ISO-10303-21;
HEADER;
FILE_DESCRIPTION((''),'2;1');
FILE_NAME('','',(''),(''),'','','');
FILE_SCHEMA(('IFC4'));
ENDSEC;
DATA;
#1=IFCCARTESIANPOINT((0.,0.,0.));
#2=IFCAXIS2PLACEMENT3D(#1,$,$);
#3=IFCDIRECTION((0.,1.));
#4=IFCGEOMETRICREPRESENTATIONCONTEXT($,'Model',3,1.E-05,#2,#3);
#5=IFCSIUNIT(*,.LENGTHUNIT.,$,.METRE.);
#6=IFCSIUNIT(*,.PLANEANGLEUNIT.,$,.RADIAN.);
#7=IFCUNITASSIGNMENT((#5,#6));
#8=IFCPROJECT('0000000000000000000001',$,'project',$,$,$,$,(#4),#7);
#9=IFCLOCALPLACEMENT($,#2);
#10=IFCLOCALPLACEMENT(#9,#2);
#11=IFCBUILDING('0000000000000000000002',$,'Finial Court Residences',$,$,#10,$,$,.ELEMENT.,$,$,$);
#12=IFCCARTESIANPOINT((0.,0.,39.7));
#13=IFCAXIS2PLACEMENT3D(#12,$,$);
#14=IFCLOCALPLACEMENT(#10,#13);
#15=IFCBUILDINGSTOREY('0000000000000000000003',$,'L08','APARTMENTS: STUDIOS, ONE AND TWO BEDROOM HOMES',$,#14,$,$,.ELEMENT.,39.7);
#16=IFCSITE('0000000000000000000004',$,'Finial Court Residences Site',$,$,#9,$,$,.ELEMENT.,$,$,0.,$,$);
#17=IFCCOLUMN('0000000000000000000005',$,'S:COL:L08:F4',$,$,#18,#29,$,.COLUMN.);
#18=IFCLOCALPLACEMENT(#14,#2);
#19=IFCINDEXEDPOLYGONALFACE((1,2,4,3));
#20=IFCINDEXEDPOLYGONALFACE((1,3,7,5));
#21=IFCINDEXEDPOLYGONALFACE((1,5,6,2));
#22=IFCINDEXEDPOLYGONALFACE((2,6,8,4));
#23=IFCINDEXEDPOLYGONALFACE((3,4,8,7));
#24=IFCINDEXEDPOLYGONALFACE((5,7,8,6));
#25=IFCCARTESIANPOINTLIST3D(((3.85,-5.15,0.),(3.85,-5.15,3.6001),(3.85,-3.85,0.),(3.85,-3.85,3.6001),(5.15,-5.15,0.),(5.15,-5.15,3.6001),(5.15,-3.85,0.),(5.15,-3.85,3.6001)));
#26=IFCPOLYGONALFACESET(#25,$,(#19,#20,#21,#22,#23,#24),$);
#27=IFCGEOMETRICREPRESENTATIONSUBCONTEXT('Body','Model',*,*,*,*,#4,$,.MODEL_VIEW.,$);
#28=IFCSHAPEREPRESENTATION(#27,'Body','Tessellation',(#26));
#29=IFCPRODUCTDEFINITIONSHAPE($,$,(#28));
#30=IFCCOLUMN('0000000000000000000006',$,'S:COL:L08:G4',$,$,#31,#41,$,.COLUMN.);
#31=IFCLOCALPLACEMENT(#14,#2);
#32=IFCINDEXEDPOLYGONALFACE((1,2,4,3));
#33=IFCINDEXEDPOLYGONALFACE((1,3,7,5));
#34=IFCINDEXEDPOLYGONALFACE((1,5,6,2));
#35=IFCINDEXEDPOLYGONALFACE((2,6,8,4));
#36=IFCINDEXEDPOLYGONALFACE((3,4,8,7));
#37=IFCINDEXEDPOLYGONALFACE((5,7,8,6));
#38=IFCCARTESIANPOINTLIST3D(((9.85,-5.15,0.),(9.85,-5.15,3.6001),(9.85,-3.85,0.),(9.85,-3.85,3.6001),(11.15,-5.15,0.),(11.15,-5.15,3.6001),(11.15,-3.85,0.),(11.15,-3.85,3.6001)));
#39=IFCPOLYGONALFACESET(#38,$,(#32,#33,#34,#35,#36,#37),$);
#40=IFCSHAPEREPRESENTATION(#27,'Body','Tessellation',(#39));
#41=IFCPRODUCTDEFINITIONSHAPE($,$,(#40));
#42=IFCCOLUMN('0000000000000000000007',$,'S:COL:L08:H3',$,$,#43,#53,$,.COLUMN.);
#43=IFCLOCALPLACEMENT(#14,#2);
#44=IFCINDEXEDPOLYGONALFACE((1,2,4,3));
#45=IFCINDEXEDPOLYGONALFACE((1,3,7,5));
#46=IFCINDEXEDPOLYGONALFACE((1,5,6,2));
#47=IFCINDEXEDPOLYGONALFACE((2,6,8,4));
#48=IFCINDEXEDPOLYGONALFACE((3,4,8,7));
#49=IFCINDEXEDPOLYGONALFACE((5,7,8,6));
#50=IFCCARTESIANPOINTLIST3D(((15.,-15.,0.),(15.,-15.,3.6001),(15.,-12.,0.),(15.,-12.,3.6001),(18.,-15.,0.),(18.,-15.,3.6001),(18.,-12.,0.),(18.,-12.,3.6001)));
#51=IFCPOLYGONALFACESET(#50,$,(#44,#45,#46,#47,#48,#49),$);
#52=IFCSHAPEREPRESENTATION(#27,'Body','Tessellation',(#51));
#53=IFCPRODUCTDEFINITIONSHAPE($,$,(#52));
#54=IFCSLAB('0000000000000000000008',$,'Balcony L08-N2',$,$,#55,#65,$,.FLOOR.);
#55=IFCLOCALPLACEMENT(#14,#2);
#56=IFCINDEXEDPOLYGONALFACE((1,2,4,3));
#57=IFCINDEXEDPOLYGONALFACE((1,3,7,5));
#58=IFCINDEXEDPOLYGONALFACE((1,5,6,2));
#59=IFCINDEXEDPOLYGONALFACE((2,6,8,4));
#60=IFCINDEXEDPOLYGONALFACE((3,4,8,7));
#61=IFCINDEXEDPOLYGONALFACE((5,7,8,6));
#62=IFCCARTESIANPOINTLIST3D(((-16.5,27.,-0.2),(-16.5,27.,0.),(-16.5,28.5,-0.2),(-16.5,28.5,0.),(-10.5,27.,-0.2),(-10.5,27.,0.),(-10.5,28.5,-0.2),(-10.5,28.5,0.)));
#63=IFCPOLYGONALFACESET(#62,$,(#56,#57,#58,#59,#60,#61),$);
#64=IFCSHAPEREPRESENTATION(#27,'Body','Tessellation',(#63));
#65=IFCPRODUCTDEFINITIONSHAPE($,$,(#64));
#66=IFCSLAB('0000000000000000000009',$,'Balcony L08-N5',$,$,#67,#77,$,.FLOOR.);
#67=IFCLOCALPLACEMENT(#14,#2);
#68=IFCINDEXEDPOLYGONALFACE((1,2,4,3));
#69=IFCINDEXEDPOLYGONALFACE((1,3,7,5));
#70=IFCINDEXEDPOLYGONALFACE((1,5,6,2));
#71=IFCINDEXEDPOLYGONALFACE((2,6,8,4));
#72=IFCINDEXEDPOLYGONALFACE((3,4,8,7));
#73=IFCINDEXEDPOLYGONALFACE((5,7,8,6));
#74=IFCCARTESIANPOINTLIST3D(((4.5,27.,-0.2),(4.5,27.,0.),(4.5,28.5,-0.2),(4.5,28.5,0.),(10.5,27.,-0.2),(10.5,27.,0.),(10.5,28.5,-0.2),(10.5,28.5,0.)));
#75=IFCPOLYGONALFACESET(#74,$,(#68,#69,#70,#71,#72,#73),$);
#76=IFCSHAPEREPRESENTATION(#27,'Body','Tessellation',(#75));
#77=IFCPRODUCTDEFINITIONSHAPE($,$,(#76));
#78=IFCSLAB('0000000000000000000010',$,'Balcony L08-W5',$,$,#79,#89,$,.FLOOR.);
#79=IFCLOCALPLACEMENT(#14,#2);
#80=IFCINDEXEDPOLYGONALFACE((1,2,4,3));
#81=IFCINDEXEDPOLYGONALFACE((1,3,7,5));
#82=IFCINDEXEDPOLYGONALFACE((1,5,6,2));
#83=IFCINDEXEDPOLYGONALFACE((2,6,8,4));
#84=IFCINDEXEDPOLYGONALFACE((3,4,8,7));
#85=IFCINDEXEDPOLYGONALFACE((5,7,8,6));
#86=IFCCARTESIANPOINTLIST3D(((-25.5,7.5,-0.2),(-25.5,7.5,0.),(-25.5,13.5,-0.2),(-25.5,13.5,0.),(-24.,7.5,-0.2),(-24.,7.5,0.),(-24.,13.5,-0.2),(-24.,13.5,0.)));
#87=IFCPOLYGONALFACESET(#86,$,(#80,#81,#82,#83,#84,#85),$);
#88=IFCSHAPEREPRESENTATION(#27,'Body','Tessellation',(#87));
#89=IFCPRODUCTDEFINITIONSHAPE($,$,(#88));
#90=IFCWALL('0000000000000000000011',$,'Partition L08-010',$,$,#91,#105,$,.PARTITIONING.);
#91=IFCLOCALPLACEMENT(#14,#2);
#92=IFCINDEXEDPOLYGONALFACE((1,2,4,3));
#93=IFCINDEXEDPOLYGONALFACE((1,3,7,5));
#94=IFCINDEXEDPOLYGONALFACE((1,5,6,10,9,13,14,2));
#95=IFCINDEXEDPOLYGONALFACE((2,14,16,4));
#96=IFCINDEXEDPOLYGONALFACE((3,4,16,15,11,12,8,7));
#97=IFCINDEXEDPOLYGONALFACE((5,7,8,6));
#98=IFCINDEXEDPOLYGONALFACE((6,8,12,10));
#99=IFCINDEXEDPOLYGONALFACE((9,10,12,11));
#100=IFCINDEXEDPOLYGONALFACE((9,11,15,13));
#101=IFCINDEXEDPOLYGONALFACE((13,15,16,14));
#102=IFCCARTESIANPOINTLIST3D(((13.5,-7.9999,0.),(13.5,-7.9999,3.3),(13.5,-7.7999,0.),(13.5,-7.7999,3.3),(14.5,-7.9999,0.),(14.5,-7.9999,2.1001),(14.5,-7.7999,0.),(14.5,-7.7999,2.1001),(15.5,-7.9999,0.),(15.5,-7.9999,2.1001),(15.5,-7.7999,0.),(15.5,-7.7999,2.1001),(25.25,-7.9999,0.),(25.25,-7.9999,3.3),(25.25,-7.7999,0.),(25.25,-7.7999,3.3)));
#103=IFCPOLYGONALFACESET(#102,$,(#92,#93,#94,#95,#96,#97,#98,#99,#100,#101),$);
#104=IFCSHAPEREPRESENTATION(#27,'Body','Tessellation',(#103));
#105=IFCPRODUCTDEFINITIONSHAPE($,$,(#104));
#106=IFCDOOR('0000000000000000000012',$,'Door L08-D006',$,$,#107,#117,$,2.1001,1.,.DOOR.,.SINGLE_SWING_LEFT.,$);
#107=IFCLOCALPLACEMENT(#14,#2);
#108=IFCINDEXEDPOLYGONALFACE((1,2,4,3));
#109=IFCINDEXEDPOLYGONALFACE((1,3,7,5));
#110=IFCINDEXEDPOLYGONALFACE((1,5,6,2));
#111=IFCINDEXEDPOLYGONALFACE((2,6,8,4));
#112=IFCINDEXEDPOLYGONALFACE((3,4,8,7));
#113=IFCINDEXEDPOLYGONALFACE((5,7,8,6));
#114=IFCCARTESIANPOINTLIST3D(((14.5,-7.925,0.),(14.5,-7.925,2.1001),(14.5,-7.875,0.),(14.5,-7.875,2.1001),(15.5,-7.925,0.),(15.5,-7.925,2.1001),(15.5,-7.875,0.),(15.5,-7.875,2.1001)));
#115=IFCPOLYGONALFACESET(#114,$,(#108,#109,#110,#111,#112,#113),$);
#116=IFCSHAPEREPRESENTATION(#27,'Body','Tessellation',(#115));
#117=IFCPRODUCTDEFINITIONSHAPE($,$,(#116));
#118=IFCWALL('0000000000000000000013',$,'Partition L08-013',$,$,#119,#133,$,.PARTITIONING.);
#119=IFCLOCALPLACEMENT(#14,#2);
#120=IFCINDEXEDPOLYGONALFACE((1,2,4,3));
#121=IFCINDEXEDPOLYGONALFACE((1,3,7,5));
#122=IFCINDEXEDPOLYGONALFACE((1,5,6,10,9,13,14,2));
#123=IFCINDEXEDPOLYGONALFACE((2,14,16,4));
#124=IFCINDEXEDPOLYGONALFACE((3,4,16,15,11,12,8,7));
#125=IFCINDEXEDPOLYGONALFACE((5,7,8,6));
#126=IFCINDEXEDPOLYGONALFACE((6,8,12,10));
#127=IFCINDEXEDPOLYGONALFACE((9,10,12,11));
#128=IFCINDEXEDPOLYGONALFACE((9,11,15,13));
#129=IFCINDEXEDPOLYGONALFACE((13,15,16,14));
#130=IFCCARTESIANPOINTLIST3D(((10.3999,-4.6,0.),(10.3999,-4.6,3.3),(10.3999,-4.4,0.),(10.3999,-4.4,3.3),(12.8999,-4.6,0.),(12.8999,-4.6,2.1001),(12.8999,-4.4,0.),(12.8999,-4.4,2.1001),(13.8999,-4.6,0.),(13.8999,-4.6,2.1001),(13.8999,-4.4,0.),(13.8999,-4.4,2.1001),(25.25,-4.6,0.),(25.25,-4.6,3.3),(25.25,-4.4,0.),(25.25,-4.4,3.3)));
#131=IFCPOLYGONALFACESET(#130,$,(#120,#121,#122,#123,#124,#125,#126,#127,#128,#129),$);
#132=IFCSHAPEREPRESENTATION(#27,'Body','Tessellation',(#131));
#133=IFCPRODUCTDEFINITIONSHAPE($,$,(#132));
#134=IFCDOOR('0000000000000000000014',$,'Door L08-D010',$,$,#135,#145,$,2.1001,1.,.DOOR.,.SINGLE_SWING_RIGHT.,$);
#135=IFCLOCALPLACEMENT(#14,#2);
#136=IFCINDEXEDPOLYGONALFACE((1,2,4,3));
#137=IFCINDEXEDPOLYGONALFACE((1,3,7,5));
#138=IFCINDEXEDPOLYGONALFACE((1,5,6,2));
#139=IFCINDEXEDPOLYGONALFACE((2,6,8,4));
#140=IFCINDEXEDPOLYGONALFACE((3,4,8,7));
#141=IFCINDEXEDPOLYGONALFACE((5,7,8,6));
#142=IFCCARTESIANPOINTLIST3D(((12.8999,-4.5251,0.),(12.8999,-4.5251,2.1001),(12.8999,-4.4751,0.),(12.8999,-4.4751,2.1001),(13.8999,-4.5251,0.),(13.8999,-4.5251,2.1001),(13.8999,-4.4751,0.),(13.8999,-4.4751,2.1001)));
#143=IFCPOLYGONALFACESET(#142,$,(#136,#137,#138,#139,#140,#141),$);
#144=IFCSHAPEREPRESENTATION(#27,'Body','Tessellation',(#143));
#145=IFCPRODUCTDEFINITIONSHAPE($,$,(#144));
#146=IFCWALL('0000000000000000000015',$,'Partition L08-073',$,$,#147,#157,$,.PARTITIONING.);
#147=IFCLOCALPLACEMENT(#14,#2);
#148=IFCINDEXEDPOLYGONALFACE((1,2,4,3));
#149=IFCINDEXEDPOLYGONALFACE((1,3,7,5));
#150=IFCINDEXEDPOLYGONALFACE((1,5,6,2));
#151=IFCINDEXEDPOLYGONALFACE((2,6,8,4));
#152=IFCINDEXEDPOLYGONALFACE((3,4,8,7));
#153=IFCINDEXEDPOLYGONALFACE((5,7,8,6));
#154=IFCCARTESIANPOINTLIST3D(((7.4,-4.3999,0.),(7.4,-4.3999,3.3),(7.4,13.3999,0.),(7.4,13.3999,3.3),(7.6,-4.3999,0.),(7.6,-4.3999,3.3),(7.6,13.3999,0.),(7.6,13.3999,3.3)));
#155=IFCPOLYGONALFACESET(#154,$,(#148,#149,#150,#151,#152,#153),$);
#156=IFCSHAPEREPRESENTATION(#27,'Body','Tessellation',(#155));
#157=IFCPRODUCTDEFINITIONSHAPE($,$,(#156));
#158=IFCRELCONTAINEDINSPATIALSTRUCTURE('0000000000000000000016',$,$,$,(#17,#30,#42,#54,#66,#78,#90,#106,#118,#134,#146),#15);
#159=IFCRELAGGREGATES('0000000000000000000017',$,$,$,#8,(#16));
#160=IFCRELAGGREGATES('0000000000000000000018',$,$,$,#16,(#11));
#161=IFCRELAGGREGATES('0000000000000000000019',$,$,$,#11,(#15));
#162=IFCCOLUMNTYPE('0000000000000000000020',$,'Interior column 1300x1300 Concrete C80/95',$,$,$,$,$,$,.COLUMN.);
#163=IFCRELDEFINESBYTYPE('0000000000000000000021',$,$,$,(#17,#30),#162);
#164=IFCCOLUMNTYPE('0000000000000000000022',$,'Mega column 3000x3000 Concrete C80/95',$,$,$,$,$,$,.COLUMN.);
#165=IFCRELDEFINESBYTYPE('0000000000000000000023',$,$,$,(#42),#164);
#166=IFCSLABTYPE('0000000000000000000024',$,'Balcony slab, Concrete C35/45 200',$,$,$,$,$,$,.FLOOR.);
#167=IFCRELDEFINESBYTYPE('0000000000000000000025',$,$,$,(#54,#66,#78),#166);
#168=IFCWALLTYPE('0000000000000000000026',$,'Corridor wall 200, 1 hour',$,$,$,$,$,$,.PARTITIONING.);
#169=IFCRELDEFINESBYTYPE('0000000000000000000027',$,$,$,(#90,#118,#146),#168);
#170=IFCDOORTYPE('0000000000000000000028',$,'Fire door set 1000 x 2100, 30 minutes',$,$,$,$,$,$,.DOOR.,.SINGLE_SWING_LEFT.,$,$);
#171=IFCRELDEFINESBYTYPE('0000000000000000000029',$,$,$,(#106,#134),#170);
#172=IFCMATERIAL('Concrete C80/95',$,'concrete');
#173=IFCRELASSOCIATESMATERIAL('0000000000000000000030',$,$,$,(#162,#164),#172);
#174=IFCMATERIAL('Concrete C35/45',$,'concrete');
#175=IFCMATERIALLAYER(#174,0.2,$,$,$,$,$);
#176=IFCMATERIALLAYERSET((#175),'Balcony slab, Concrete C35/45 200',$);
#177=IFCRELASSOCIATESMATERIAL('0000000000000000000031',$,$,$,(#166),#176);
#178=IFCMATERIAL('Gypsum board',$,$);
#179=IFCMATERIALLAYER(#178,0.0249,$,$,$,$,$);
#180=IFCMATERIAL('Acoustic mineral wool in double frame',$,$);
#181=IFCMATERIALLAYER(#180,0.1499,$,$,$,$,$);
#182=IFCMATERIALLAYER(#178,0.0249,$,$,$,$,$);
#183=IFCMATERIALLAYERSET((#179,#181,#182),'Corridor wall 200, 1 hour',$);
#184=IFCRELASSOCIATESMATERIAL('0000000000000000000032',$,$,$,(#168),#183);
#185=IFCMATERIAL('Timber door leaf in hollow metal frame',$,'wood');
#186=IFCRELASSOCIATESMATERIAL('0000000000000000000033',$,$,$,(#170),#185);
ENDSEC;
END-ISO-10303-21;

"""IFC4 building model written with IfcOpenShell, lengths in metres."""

from ifc_helpers import new_model, si_unit, direction, frame, frame_2d, origin, origin_2d, place, context, subcontext, project, spatial, polyline, rectangle, outline, extrude, material, layer, layer_set, material_profile, profile_set, type_object, element, fill, save


model = new_model("IFC4")

# Units and contexts
model_context = context("Model", 3, precision=1e-05, world=origin(), true_north=direction((0.0, 1.0)))
body_context = subcontext(model_context, "Body", "Model", "MODEL_VIEW")
ifc_project = project(units=[si_unit("LENGTHUNIT", "METRE"), si_unit("PLANEANGLEUNIT", "RADIAN")], contexts=[model_context])

# Site, building, storey
site_placement = place(None, origin())
site = spatial("IfcSite", under=ifc_project, at=site_placement, Name="Finial Court Residences Site", CompositionType="ELEMENT", RefElevation=0.0)
building_placement = place(site_placement, origin())
building = spatial("IfcBuilding", under=site, at=building_placement, Name="Finial Court Residences", CompositionType="ELEMENT")
storey_placement = place(building_placement, frame((0.0, 0.0, 39.7)))
storey = spatial("IfcBuildingStorey", under=building, at=storey_placement, Name="L08", Description="APARTMENTS: STUDIOS, ONE AND TWO BEDROOM HOMES", CompositionType="ELEMENT", Elevation=39.7)

# Columns
ifc_material_1 = material(Name="Concrete C80/95", Category="concrete")
ifc_material_profile_1 = material_profile(ifc_material_1, rectangle(XDim=1.3, YDim=1.3, at=origin_2d()), Name="1300x1300")
ifc_profile_set_1 = profile_set([ifc_material_profile_1], Name="Concrete C80/95")
column_type_1 = type_object("IfcColumnType", Name="Interior column 1300x1300 Concrete C80/95", PredefinedType="COLUMN", material=ifc_profile_set_1)
for number, where, z_axis, x_axis, name in (
    (1, (4.5, -4.5, 0.0), (0.0, 0.0, 1.0), (1.0, 0.0, 0.0), "S:COL:L08:F4"),
    (2, (10.5, -4.5, 0.0), (0.0, 0.0, 1.0), (1.0, 0.0, 0.0), "S:COL:L08:G4"),
):
    element("IfcColumn", number, at=place(storey_placement, frame(where, z_axis=z_axis, x_axis=x_axis)), inside=storey, type_object=column_type_1, Name=name, PredefinedType="COLUMN", context=body_context, shape_type="SweptSolid", body=[
        extrude(rectangle(XDim=1.3, YDim=1.3, at=origin_2d()), origin(), (0.0, 0.0, 1.0), 3.6001),
    ])
ifc_material_profile_2 = material_profile(ifc_material_1, rectangle(XDim=3.0, YDim=3.0, at=origin_2d()), Name="3000x3000")
ifc_profile_set_2 = profile_set([ifc_material_profile_2], Name="Concrete C80/95")
column_type_2 = type_object("IfcColumnType", Name="Mega column 3000x3000 Concrete C80/95", PredefinedType="COLUMN", material=ifc_profile_set_2)
column_placement = place(storey_placement, frame((16.5, -13.5, 0.0), z_axis=(0.0, 0.0, 1.0), x_axis=(1.0, 0.0, 0.0)))
element("IfcColumn", 3, at=column_placement, inside=storey, type_object=column_type_2, Name="S:COL:L08:H3", PredefinedType="COLUMN", context=body_context, shape_type="SweptSolid", body=[
    extrude(rectangle(XDim=3.0, YDim=3.0, at=origin_2d()), origin(), (0.0, 0.0, 1.0), 3.6001),
])

# Slabs
ifc_material_2 = material(Name="Concrete C35/45", Category="concrete")
ifc_layer_1 = layer(ifc_material_2, 0.2)
ifc_layer_set_1 = layer_set([ifc_layer_1], Name="Balcony slab, Concrete C35/45 200")
slab_type = type_object("IfcSlabType", Name="Balcony slab, Concrete C35/45 200", PredefinedType="FLOOR", material=ifc_layer_set_1)
slab_1_placement = place(storey_placement, frame((0.0, 0.0, -0.2)))
element("IfcSlab", 4, at=slab_1_placement, inside=storey, type_object=slab_type, Name="Balcony L08-N2", PredefinedType="FLOOR", context=body_context, shape_type="SweptSolid", body=[
    extrude(outline(polyline([(-10.5, 27.0), (-10.5, 28.5), (-16.5, 28.5), (-16.5, 27.0), (-10.5, 27.0)])), origin(), (0.0, 0.0, 1.0), 0.2),
])
slab_2_placement = place(storey_placement, frame((0.0, 0.0, -0.2)))
element("IfcSlab", 5, at=slab_2_placement, inside=storey, type_object=slab_type, Name="Balcony L08-N5", PredefinedType="FLOOR", context=body_context, shape_type="SweptSolid", body=[
    extrude(outline(polyline([(10.5, 27.0), (10.5, 28.5), (4.5, 28.5), (4.5, 27.0), (10.5, 27.0)])), origin(), (0.0, 0.0, 1.0), 0.2),
])
slab_3_placement = place(storey_placement, frame((0.0, 0.0, -0.2)))
element("IfcSlab", 6, at=slab_3_placement, inside=storey, type_object=slab_type, Name="Balcony L08-W5", PredefinedType="FLOOR", context=body_context, shape_type="SweptSolid", body=[
    extrude(outline(polyline([(-24.0, 7.5), (-24.0, 13.5), (-25.5, 13.5), (-25.5, 7.5), (-24.0, 7.5)])), origin(), (0.0, 0.0, 1.0), 0.2),
])

# Walls, openings, doors
ifc_material_3 = material(Name="Gypsum board")
ifc_layer_2 = layer(ifc_material_3, 0.0249)
ifc_material_4 = material(Name="Acoustic mineral wool in double frame")
ifc_layer_3 = layer(ifc_material_4, 0.1499)
ifc_layer_4 = layer(ifc_material_3, 0.0249)
ifc_layer_set_2 = layer_set([ifc_layer_2, ifc_layer_3, ifc_layer_4], Name="Corridor wall 200, 1 hour")
wall_type_1 = type_object("IfcWallType", Name="Corridor wall 200, 1 hour", PredefinedType="PARTITIONING", material=ifc_layer_set_2)
wall_1_placement = place(storey_placement, frame((13.5, -7.8999, 0.0), z_axis=(0.0, 0.0, 1.0), x_axis=(1.0, 0.0, 0.0)))
wall_1 = element("IfcWall", 7, at=wall_1_placement, inside=storey, type_object=wall_type_1, Name="Partition L08-010", PredefinedType="PARTITIONING", context=body_context, shape_type="SweptSolid", body=[
    extrude(rectangle(XDim=11.75, YDim=0.2, at=frame_2d((5.875, 0.0))), origin(), (0.0, 0.0, 1.0), 3.3),
])
opening_1_placement = place(wall_1_placement, frame((1.0, 0.0, 0.0)))
opening_1 = element("IfcOpeningElement", 8, at=opening_1_placement, cuts=wall_1, PredefinedType="OPENING", context=body_context, shape_type="SweptSolid", body=[
    extrude(rectangle(XDim=1.0, YDim=2.1001, at=frame_2d((0.5, 1.05))), frame((0.0, 0.1099, 0.0), z_axis=(0.0, -1.0, 0.0), x_axis=(1.0, 0.0, 0.0)), (0.0, 0.0, 1.0), 0.22),
])
ifc_material_5 = material(Name="Timber door leaf in hollow metal frame", Category="wood")
door_type_1 = type_object("IfcDoorType", Name="Fire door set 1000 x 2100, 30 minutes", OperationType="SINGLE_SWING_LEFT", PredefinedType="DOOR", material=ifc_material_5)
door_1_placement = place(opening_1_placement, origin())
door_1 = element("IfcDoor", 9, at=door_1_placement, inside=storey, type_object=door_type_1, Name="Door L08-D006", OperationType="SINGLE_SWING_LEFT", OverallHeight=2.1001, OverallWidth=1.0, PredefinedType="DOOR", context=body_context, shape_type="SweptSolid", body=[
    extrude(rectangle(XDim=1.0, YDim=2.1001, at=frame_2d((0.5, 1.05))), frame((0.0, 0.0249, 0.0), z_axis=(0.0, -1.0, 0.0), x_axis=(1.0, 0.0, 0.0)), (0.0, 0.0, 1.0), 0.05),
])
fill(opening_1, door_1)
wall_2_placement = place(storey_placement, frame((10.3999, -4.5, 0.0), z_axis=(0.0, 0.0, 1.0), x_axis=(1.0, 0.0, 0.0)))
wall_2 = element("IfcWall", 10, at=wall_2_placement, inside=storey, type_object=wall_type_1, Name="Partition L08-013", PredefinedType="PARTITIONING", context=body_context, shape_type="SweptSolid", body=[
    extrude(rectangle(XDim=14.8501, YDim=0.2, at=frame_2d((7.425, 0.0))), origin(), (0.0, 0.0, 1.0), 3.3),
])
opening_2_placement = place(wall_2_placement, frame((2.5, 0.0, 0.0)))
opening_2 = element("IfcOpeningElement", 11, at=opening_2_placement, cuts=wall_2, PredefinedType="OPENING", context=body_context, shape_type="SweptSolid", body=[
    extrude(rectangle(XDim=1.0, YDim=2.1001, at=frame_2d((0.5, 1.05))), frame((0.0, 0.1099, 0.0), z_axis=(0.0, -1.0, 0.0), x_axis=(1.0, 0.0, 0.0)), (0.0, 0.0, 1.0), 0.22),
])
door_2_placement = place(opening_2_placement, origin())
door_2 = element("IfcDoor", 12, at=door_2_placement, inside=storey, type_object=door_type_1, Name="Door L08-D010", OperationType="SINGLE_SWING_RIGHT", OverallHeight=2.1001, OverallWidth=1.0, PredefinedType="DOOR", context=body_context, shape_type="SweptSolid", body=[
    extrude(rectangle(XDim=1.0, YDim=2.1001, at=frame_2d((0.5, 1.05))), frame((0.0, 0.0249, 0.0), z_axis=(0.0, -1.0, 0.0), x_axis=(1.0, 0.0, 0.0)), (0.0, 0.0, 1.0), 0.05),
])
fill(opening_2, door_2)

# Wall
wall_3_placement = place(storey_placement, frame((7.5, -4.3999, 0.0), z_axis=(0.0, 0.0, 1.0), x_axis=(0.0, 1.0, 0.0)))
element("IfcWall", 13, at=wall_3_placement, inside=storey, type_object=wall_type_1, Name="Partition L08-073", PredefinedType="PARTITIONING", context=body_context, shape_type="SweptSolid", body=[
    extrude(rectangle(XDim=17.7998, YDim=0.2, at=frame_2d((8.8999, 0.0))), origin(), (0.0, 0.0, 1.0), 3.3),
])

save(model, "model.ifc")
